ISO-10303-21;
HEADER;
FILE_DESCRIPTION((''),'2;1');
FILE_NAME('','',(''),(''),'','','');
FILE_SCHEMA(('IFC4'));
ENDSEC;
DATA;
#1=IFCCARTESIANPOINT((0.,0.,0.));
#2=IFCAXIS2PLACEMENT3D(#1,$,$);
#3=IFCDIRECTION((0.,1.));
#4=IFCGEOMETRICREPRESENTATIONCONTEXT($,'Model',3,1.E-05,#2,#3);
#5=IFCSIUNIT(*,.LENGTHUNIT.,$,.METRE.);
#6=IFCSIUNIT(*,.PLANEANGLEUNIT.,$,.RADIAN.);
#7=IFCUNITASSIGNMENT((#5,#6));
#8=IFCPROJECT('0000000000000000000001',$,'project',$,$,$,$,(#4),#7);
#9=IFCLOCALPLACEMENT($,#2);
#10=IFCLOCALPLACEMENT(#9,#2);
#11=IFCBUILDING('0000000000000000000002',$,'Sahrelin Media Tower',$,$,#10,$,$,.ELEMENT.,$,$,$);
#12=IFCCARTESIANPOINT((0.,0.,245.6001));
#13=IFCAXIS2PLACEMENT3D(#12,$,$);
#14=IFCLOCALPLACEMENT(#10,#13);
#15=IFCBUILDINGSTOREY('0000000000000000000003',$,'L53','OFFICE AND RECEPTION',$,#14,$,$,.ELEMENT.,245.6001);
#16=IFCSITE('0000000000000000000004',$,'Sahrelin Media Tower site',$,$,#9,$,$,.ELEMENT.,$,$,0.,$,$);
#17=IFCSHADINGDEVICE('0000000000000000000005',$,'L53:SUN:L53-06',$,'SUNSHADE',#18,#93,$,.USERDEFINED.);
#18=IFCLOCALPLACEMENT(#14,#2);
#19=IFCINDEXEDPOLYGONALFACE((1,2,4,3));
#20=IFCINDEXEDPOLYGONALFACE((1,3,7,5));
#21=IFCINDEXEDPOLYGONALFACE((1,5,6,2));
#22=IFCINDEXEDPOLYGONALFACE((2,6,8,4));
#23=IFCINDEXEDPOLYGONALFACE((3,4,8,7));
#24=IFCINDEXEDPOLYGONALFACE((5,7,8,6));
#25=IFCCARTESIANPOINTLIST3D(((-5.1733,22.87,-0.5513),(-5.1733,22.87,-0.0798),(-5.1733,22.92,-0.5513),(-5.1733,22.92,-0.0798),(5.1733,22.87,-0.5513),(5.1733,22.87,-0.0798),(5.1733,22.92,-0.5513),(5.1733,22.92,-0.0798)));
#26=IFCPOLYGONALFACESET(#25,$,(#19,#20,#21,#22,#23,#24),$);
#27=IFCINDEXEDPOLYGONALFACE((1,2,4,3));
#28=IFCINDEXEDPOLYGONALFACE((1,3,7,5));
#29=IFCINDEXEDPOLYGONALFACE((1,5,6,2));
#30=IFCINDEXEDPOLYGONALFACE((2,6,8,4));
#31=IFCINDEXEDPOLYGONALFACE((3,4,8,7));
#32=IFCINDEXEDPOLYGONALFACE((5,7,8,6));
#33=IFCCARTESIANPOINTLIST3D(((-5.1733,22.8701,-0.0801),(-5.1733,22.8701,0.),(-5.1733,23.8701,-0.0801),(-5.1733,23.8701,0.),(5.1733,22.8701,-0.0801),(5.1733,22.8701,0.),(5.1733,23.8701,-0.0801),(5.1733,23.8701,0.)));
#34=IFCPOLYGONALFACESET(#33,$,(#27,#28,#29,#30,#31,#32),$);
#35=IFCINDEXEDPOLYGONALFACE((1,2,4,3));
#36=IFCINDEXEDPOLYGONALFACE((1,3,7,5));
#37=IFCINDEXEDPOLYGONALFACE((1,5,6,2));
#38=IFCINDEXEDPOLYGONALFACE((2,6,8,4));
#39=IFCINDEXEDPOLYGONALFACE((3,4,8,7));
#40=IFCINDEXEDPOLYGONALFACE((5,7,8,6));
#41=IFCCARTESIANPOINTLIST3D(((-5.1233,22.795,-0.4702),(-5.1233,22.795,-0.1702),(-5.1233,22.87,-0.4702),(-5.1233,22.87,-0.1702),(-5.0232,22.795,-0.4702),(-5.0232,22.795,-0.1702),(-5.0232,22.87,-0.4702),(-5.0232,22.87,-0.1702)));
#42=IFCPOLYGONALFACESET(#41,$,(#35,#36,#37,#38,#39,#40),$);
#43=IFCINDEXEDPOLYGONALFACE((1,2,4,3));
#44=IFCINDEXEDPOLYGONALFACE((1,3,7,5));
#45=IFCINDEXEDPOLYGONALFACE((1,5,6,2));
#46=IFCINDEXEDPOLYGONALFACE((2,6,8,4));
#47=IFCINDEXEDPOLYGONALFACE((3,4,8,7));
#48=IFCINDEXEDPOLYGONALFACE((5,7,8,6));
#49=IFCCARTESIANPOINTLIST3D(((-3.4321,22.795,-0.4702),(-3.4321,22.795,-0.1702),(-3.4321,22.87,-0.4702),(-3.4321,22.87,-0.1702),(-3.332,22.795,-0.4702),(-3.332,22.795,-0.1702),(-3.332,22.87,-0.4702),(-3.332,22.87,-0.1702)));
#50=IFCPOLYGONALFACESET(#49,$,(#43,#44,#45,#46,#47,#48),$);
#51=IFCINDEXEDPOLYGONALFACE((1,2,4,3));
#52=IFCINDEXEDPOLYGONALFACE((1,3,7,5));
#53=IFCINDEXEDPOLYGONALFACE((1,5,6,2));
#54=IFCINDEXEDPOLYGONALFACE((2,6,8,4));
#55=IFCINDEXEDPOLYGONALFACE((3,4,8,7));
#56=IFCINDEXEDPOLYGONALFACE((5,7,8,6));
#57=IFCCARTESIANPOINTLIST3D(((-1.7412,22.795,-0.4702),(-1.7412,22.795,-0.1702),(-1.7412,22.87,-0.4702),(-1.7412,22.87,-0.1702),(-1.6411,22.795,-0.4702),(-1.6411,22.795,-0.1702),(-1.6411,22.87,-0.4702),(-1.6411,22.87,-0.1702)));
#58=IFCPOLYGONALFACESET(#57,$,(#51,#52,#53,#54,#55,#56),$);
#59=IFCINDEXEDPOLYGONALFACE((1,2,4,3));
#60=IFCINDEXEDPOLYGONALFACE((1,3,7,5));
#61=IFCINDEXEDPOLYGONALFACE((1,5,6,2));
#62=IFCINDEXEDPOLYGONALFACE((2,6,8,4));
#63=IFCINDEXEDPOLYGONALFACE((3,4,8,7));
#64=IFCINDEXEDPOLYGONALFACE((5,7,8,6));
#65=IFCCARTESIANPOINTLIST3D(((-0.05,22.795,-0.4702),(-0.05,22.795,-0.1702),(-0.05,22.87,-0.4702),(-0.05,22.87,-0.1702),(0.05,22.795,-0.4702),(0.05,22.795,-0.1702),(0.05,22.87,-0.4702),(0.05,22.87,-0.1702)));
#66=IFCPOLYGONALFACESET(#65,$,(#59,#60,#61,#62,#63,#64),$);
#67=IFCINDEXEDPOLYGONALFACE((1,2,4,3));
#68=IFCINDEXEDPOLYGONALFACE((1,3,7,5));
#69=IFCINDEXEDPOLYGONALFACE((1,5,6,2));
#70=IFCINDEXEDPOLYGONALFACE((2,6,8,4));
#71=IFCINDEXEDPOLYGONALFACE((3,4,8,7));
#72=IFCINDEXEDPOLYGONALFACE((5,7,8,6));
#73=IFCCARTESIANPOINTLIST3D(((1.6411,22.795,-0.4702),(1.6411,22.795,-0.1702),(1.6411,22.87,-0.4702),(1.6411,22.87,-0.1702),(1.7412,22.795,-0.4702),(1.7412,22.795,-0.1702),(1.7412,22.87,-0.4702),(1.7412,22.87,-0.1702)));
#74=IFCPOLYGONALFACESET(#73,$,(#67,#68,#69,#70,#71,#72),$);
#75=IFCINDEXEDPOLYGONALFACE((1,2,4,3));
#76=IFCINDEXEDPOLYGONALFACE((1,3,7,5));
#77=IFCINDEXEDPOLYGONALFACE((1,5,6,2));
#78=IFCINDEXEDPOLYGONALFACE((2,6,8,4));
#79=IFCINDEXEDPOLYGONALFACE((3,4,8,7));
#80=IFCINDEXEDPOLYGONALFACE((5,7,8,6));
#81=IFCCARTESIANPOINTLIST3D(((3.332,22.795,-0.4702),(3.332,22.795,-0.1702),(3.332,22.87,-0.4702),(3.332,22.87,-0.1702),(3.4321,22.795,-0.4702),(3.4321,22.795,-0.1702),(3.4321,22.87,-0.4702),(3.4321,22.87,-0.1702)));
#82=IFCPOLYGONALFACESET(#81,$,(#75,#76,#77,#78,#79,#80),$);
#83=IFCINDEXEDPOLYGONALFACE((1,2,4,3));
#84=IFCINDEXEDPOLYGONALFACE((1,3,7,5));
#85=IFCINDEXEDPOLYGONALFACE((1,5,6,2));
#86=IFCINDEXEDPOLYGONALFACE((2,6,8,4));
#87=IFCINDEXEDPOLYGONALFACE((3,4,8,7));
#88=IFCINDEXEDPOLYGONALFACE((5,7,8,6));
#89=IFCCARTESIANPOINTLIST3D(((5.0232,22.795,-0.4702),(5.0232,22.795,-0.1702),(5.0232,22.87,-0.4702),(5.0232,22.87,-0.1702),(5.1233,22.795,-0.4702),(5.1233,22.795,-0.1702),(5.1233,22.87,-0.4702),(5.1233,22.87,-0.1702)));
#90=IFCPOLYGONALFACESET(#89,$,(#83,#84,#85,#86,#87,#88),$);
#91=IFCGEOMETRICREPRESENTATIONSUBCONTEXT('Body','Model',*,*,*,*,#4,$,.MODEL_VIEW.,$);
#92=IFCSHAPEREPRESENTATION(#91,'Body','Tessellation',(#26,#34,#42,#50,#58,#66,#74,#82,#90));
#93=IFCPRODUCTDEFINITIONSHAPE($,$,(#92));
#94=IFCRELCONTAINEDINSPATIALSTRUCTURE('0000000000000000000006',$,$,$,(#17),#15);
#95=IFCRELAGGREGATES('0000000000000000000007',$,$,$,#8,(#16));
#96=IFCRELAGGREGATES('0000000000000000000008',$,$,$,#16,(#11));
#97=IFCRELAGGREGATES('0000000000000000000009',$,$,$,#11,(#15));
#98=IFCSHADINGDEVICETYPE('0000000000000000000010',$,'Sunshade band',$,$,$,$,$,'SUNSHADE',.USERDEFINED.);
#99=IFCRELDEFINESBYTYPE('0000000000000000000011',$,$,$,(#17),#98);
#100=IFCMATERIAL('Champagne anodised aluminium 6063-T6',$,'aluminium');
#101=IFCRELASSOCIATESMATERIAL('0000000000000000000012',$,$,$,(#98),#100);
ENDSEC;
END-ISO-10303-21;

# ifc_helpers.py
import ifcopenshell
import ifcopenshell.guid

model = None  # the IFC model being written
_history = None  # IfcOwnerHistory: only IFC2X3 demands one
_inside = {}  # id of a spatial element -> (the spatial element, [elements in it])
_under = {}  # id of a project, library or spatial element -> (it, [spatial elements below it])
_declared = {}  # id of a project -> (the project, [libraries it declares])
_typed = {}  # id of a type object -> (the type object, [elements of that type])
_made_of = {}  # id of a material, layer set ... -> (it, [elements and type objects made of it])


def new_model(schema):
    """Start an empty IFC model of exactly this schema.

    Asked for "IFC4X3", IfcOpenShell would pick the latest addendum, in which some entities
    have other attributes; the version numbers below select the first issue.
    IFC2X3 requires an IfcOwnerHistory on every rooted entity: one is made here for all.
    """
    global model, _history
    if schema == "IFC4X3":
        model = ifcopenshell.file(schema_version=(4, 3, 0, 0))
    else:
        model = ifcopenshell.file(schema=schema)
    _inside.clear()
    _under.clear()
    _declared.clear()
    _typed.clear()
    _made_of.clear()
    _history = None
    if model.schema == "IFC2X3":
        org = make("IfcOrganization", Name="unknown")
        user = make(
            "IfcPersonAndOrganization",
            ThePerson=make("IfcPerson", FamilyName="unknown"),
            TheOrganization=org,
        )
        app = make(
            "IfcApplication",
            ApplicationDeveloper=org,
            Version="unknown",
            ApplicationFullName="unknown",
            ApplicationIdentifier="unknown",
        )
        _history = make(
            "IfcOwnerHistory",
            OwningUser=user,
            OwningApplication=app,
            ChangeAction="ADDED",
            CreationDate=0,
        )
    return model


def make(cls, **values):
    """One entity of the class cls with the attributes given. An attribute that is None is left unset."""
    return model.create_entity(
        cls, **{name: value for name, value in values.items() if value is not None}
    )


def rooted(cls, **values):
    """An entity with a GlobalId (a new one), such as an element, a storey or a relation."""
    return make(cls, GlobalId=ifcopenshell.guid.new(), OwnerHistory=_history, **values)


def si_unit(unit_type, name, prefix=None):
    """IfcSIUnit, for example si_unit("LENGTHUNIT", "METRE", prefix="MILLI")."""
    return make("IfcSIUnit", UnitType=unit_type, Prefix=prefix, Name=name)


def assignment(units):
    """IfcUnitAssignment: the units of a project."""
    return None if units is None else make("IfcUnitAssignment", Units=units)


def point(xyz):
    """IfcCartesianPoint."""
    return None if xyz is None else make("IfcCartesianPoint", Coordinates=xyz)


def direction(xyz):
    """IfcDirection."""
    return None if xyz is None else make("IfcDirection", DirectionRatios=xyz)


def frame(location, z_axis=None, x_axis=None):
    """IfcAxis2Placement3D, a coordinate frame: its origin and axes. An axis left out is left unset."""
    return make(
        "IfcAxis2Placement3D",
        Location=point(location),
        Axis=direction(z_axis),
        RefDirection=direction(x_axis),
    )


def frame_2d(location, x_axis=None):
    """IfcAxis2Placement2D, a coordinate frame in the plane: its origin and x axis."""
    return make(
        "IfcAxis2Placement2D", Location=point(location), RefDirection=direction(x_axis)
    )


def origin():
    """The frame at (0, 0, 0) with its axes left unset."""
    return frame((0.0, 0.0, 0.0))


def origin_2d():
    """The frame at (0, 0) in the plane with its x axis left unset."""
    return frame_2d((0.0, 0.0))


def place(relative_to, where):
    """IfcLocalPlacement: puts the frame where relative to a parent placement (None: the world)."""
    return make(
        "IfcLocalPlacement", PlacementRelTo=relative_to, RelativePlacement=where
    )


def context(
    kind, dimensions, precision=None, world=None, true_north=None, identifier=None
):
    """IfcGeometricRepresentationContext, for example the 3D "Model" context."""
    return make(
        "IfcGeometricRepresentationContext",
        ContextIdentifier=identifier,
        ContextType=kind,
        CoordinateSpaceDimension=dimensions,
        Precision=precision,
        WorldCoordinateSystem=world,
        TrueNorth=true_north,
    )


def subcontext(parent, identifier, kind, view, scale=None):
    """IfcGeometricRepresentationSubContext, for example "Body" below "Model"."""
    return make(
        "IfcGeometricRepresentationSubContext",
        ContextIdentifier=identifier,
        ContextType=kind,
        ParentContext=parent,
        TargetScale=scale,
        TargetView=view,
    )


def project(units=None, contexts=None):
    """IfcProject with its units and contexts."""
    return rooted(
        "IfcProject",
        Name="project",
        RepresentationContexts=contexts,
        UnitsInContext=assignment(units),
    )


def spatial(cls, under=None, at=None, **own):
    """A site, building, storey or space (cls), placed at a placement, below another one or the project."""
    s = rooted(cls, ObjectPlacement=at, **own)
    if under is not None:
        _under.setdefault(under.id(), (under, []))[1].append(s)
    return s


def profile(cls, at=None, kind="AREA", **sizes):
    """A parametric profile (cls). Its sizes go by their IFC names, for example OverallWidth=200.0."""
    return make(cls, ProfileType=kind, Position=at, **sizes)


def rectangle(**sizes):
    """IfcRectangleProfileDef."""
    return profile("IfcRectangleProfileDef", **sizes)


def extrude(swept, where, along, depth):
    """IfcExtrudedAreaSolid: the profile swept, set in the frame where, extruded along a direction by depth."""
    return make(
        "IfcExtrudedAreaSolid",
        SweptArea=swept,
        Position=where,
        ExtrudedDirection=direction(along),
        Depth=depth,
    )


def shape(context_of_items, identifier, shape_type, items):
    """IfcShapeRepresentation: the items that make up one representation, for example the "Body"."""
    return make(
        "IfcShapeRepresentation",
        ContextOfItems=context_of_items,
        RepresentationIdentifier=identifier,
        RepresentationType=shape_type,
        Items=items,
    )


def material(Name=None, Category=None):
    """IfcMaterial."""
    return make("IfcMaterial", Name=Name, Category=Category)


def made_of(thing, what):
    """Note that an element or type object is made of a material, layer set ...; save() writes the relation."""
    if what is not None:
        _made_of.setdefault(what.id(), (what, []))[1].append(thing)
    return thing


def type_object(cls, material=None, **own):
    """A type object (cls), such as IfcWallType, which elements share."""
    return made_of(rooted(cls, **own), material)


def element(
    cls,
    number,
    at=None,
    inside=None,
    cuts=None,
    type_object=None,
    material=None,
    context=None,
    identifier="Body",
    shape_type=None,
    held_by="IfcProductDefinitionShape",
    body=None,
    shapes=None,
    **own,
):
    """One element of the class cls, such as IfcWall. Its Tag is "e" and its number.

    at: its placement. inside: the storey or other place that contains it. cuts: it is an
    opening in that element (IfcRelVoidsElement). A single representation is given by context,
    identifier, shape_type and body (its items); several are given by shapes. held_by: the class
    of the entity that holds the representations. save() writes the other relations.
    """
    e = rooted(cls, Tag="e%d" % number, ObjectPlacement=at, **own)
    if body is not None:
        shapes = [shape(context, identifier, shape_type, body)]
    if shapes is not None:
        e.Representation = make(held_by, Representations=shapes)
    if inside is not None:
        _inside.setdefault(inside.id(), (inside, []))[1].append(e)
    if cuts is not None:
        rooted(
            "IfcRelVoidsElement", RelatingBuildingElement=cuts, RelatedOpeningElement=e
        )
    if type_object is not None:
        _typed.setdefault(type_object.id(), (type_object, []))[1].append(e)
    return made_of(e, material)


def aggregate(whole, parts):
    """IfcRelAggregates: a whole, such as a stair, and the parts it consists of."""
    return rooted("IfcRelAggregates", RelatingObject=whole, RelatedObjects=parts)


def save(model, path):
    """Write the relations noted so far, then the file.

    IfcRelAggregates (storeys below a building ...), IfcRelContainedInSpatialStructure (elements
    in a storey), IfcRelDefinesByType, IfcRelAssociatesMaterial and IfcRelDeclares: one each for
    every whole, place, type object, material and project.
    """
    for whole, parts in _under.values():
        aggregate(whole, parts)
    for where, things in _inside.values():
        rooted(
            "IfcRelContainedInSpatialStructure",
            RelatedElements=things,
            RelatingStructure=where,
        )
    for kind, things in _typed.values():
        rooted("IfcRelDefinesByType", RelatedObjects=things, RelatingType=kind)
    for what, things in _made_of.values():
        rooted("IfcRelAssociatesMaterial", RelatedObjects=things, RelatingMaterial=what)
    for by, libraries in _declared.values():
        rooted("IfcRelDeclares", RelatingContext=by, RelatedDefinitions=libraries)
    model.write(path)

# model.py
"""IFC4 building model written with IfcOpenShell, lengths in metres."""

from ifc_helpers import new_model, si_unit, direction, frame, origin, origin_2d, place, context, subcontext, project, spatial, rectangle, extrude, material, type_object, element, save


model = new_model("IFC4")

# Units and contexts
model_context = context("Model", 3, precision=1e-05, world=origin(), true_north=direction((0.0, 1.0)))
body_context = subcontext(model_context, "Body", "Model", "MODEL_VIEW")
ifc_project = project(units=[si_unit("LENGTHUNIT", "METRE"), si_unit("PLANEANGLEUNIT", "RADIAN")], contexts=[model_context])

# Site, building, storey
site_placement = place(None, origin())
site = spatial("IfcSite", under=ifc_project, at=site_placement, Name="Sahrelin Media Tower site", CompositionType="ELEMENT", RefElevation=0.0)
building_placement = place(site_placement, origin())
building = spatial("IfcBuilding", under=site, at=building_placement, Name="Sahrelin Media Tower", CompositionType="ELEMENT")
storey_placement = place(building_placement, frame((0.0, 0.0, 245.6001)))
storey = spatial("IfcBuildingStorey", under=building, at=storey_placement, Name="L53", Description="OFFICE AND RECEPTION", CompositionType="ELEMENT", Elevation=245.6001)

# Shared definitions
ifc_material_1 = material(Name="Champagne anodised aluminium 6063-T6", Category="aluminium")

# Shared definitions
placement_1 = place(storey_placement, frame((0.0, 22.8501, 0.0), z_axis=(0.0, 0.0, 1.0), x_axis=(1.0, 0.0, 0.0)))

# Shading device
shading_device_type_1 = type_object("IfcShadingDeviceType", Name="Sunshade band", ElementType="SUNSHADE", PredefinedType="USERDEFINED", material=ifc_material_1)
element("IfcShadingDevice", 1, at=placement_1, inside=storey, type_object=shading_device_type_1, Name="L53:SUN:L53-06", ObjectType="SUNSHADE", PredefinedType="USERDEFINED", context=body_context, shape_type="SweptSolid", body=[
    extrude(rectangle(XDim=10.3467, YDim=0.05, at=origin_2d()), frame((0.0, 0.0449, -0.5513)), (0.0, 0.0, 1.0), 0.4714),
    extrude(rectangle(XDim=10.3467, YDim=1.0, at=origin_2d()), frame((0.0, 0.52, -0.0801)), (0.0, 0.0, 1.0), 0.0801),
    extrude(rectangle(XDim=0.1001, YDim=0.075, at=origin_2d()), frame((-5.0732, -0.0176, -0.4702)), (0.0, 0.0, 1.0), 0.3),
    extrude(rectangle(XDim=0.1001, YDim=0.075, at=origin_2d()), frame((-3.3821, -0.0176, -0.4702)), (0.0, 0.0, 1.0), 0.3),
    extrude(rectangle(XDim=0.1001, YDim=0.075, at=origin_2d()), frame((-1.6912, -0.0176, -0.4702)), (0.0, 0.0, 1.0), 0.3),
    extrude(rectangle(XDim=0.1001, YDim=0.075, at=origin_2d()), frame((0.0, -0.0176, -0.4702)), (0.0, 0.0, 1.0), 0.3),
    extrude(rectangle(XDim=0.1001, YDim=0.075, at=origin_2d()), frame((1.6912, -0.0176, -0.4702)), (0.0, 0.0, 1.0), 0.3),
    extrude(rectangle(XDim=0.1001, YDim=0.075, at=origin_2d()), frame((3.3821, -0.0176, -0.4702)), (0.0, 0.0, 1.0), 0.3),
    extrude(rectangle(XDim=0.1001, YDim=0.075, at=origin_2d()), frame((5.0732, -0.0176, -0.4702)), (0.0, 0.0, 1.0), 0.3),
])

save(model, "model.ifc")
